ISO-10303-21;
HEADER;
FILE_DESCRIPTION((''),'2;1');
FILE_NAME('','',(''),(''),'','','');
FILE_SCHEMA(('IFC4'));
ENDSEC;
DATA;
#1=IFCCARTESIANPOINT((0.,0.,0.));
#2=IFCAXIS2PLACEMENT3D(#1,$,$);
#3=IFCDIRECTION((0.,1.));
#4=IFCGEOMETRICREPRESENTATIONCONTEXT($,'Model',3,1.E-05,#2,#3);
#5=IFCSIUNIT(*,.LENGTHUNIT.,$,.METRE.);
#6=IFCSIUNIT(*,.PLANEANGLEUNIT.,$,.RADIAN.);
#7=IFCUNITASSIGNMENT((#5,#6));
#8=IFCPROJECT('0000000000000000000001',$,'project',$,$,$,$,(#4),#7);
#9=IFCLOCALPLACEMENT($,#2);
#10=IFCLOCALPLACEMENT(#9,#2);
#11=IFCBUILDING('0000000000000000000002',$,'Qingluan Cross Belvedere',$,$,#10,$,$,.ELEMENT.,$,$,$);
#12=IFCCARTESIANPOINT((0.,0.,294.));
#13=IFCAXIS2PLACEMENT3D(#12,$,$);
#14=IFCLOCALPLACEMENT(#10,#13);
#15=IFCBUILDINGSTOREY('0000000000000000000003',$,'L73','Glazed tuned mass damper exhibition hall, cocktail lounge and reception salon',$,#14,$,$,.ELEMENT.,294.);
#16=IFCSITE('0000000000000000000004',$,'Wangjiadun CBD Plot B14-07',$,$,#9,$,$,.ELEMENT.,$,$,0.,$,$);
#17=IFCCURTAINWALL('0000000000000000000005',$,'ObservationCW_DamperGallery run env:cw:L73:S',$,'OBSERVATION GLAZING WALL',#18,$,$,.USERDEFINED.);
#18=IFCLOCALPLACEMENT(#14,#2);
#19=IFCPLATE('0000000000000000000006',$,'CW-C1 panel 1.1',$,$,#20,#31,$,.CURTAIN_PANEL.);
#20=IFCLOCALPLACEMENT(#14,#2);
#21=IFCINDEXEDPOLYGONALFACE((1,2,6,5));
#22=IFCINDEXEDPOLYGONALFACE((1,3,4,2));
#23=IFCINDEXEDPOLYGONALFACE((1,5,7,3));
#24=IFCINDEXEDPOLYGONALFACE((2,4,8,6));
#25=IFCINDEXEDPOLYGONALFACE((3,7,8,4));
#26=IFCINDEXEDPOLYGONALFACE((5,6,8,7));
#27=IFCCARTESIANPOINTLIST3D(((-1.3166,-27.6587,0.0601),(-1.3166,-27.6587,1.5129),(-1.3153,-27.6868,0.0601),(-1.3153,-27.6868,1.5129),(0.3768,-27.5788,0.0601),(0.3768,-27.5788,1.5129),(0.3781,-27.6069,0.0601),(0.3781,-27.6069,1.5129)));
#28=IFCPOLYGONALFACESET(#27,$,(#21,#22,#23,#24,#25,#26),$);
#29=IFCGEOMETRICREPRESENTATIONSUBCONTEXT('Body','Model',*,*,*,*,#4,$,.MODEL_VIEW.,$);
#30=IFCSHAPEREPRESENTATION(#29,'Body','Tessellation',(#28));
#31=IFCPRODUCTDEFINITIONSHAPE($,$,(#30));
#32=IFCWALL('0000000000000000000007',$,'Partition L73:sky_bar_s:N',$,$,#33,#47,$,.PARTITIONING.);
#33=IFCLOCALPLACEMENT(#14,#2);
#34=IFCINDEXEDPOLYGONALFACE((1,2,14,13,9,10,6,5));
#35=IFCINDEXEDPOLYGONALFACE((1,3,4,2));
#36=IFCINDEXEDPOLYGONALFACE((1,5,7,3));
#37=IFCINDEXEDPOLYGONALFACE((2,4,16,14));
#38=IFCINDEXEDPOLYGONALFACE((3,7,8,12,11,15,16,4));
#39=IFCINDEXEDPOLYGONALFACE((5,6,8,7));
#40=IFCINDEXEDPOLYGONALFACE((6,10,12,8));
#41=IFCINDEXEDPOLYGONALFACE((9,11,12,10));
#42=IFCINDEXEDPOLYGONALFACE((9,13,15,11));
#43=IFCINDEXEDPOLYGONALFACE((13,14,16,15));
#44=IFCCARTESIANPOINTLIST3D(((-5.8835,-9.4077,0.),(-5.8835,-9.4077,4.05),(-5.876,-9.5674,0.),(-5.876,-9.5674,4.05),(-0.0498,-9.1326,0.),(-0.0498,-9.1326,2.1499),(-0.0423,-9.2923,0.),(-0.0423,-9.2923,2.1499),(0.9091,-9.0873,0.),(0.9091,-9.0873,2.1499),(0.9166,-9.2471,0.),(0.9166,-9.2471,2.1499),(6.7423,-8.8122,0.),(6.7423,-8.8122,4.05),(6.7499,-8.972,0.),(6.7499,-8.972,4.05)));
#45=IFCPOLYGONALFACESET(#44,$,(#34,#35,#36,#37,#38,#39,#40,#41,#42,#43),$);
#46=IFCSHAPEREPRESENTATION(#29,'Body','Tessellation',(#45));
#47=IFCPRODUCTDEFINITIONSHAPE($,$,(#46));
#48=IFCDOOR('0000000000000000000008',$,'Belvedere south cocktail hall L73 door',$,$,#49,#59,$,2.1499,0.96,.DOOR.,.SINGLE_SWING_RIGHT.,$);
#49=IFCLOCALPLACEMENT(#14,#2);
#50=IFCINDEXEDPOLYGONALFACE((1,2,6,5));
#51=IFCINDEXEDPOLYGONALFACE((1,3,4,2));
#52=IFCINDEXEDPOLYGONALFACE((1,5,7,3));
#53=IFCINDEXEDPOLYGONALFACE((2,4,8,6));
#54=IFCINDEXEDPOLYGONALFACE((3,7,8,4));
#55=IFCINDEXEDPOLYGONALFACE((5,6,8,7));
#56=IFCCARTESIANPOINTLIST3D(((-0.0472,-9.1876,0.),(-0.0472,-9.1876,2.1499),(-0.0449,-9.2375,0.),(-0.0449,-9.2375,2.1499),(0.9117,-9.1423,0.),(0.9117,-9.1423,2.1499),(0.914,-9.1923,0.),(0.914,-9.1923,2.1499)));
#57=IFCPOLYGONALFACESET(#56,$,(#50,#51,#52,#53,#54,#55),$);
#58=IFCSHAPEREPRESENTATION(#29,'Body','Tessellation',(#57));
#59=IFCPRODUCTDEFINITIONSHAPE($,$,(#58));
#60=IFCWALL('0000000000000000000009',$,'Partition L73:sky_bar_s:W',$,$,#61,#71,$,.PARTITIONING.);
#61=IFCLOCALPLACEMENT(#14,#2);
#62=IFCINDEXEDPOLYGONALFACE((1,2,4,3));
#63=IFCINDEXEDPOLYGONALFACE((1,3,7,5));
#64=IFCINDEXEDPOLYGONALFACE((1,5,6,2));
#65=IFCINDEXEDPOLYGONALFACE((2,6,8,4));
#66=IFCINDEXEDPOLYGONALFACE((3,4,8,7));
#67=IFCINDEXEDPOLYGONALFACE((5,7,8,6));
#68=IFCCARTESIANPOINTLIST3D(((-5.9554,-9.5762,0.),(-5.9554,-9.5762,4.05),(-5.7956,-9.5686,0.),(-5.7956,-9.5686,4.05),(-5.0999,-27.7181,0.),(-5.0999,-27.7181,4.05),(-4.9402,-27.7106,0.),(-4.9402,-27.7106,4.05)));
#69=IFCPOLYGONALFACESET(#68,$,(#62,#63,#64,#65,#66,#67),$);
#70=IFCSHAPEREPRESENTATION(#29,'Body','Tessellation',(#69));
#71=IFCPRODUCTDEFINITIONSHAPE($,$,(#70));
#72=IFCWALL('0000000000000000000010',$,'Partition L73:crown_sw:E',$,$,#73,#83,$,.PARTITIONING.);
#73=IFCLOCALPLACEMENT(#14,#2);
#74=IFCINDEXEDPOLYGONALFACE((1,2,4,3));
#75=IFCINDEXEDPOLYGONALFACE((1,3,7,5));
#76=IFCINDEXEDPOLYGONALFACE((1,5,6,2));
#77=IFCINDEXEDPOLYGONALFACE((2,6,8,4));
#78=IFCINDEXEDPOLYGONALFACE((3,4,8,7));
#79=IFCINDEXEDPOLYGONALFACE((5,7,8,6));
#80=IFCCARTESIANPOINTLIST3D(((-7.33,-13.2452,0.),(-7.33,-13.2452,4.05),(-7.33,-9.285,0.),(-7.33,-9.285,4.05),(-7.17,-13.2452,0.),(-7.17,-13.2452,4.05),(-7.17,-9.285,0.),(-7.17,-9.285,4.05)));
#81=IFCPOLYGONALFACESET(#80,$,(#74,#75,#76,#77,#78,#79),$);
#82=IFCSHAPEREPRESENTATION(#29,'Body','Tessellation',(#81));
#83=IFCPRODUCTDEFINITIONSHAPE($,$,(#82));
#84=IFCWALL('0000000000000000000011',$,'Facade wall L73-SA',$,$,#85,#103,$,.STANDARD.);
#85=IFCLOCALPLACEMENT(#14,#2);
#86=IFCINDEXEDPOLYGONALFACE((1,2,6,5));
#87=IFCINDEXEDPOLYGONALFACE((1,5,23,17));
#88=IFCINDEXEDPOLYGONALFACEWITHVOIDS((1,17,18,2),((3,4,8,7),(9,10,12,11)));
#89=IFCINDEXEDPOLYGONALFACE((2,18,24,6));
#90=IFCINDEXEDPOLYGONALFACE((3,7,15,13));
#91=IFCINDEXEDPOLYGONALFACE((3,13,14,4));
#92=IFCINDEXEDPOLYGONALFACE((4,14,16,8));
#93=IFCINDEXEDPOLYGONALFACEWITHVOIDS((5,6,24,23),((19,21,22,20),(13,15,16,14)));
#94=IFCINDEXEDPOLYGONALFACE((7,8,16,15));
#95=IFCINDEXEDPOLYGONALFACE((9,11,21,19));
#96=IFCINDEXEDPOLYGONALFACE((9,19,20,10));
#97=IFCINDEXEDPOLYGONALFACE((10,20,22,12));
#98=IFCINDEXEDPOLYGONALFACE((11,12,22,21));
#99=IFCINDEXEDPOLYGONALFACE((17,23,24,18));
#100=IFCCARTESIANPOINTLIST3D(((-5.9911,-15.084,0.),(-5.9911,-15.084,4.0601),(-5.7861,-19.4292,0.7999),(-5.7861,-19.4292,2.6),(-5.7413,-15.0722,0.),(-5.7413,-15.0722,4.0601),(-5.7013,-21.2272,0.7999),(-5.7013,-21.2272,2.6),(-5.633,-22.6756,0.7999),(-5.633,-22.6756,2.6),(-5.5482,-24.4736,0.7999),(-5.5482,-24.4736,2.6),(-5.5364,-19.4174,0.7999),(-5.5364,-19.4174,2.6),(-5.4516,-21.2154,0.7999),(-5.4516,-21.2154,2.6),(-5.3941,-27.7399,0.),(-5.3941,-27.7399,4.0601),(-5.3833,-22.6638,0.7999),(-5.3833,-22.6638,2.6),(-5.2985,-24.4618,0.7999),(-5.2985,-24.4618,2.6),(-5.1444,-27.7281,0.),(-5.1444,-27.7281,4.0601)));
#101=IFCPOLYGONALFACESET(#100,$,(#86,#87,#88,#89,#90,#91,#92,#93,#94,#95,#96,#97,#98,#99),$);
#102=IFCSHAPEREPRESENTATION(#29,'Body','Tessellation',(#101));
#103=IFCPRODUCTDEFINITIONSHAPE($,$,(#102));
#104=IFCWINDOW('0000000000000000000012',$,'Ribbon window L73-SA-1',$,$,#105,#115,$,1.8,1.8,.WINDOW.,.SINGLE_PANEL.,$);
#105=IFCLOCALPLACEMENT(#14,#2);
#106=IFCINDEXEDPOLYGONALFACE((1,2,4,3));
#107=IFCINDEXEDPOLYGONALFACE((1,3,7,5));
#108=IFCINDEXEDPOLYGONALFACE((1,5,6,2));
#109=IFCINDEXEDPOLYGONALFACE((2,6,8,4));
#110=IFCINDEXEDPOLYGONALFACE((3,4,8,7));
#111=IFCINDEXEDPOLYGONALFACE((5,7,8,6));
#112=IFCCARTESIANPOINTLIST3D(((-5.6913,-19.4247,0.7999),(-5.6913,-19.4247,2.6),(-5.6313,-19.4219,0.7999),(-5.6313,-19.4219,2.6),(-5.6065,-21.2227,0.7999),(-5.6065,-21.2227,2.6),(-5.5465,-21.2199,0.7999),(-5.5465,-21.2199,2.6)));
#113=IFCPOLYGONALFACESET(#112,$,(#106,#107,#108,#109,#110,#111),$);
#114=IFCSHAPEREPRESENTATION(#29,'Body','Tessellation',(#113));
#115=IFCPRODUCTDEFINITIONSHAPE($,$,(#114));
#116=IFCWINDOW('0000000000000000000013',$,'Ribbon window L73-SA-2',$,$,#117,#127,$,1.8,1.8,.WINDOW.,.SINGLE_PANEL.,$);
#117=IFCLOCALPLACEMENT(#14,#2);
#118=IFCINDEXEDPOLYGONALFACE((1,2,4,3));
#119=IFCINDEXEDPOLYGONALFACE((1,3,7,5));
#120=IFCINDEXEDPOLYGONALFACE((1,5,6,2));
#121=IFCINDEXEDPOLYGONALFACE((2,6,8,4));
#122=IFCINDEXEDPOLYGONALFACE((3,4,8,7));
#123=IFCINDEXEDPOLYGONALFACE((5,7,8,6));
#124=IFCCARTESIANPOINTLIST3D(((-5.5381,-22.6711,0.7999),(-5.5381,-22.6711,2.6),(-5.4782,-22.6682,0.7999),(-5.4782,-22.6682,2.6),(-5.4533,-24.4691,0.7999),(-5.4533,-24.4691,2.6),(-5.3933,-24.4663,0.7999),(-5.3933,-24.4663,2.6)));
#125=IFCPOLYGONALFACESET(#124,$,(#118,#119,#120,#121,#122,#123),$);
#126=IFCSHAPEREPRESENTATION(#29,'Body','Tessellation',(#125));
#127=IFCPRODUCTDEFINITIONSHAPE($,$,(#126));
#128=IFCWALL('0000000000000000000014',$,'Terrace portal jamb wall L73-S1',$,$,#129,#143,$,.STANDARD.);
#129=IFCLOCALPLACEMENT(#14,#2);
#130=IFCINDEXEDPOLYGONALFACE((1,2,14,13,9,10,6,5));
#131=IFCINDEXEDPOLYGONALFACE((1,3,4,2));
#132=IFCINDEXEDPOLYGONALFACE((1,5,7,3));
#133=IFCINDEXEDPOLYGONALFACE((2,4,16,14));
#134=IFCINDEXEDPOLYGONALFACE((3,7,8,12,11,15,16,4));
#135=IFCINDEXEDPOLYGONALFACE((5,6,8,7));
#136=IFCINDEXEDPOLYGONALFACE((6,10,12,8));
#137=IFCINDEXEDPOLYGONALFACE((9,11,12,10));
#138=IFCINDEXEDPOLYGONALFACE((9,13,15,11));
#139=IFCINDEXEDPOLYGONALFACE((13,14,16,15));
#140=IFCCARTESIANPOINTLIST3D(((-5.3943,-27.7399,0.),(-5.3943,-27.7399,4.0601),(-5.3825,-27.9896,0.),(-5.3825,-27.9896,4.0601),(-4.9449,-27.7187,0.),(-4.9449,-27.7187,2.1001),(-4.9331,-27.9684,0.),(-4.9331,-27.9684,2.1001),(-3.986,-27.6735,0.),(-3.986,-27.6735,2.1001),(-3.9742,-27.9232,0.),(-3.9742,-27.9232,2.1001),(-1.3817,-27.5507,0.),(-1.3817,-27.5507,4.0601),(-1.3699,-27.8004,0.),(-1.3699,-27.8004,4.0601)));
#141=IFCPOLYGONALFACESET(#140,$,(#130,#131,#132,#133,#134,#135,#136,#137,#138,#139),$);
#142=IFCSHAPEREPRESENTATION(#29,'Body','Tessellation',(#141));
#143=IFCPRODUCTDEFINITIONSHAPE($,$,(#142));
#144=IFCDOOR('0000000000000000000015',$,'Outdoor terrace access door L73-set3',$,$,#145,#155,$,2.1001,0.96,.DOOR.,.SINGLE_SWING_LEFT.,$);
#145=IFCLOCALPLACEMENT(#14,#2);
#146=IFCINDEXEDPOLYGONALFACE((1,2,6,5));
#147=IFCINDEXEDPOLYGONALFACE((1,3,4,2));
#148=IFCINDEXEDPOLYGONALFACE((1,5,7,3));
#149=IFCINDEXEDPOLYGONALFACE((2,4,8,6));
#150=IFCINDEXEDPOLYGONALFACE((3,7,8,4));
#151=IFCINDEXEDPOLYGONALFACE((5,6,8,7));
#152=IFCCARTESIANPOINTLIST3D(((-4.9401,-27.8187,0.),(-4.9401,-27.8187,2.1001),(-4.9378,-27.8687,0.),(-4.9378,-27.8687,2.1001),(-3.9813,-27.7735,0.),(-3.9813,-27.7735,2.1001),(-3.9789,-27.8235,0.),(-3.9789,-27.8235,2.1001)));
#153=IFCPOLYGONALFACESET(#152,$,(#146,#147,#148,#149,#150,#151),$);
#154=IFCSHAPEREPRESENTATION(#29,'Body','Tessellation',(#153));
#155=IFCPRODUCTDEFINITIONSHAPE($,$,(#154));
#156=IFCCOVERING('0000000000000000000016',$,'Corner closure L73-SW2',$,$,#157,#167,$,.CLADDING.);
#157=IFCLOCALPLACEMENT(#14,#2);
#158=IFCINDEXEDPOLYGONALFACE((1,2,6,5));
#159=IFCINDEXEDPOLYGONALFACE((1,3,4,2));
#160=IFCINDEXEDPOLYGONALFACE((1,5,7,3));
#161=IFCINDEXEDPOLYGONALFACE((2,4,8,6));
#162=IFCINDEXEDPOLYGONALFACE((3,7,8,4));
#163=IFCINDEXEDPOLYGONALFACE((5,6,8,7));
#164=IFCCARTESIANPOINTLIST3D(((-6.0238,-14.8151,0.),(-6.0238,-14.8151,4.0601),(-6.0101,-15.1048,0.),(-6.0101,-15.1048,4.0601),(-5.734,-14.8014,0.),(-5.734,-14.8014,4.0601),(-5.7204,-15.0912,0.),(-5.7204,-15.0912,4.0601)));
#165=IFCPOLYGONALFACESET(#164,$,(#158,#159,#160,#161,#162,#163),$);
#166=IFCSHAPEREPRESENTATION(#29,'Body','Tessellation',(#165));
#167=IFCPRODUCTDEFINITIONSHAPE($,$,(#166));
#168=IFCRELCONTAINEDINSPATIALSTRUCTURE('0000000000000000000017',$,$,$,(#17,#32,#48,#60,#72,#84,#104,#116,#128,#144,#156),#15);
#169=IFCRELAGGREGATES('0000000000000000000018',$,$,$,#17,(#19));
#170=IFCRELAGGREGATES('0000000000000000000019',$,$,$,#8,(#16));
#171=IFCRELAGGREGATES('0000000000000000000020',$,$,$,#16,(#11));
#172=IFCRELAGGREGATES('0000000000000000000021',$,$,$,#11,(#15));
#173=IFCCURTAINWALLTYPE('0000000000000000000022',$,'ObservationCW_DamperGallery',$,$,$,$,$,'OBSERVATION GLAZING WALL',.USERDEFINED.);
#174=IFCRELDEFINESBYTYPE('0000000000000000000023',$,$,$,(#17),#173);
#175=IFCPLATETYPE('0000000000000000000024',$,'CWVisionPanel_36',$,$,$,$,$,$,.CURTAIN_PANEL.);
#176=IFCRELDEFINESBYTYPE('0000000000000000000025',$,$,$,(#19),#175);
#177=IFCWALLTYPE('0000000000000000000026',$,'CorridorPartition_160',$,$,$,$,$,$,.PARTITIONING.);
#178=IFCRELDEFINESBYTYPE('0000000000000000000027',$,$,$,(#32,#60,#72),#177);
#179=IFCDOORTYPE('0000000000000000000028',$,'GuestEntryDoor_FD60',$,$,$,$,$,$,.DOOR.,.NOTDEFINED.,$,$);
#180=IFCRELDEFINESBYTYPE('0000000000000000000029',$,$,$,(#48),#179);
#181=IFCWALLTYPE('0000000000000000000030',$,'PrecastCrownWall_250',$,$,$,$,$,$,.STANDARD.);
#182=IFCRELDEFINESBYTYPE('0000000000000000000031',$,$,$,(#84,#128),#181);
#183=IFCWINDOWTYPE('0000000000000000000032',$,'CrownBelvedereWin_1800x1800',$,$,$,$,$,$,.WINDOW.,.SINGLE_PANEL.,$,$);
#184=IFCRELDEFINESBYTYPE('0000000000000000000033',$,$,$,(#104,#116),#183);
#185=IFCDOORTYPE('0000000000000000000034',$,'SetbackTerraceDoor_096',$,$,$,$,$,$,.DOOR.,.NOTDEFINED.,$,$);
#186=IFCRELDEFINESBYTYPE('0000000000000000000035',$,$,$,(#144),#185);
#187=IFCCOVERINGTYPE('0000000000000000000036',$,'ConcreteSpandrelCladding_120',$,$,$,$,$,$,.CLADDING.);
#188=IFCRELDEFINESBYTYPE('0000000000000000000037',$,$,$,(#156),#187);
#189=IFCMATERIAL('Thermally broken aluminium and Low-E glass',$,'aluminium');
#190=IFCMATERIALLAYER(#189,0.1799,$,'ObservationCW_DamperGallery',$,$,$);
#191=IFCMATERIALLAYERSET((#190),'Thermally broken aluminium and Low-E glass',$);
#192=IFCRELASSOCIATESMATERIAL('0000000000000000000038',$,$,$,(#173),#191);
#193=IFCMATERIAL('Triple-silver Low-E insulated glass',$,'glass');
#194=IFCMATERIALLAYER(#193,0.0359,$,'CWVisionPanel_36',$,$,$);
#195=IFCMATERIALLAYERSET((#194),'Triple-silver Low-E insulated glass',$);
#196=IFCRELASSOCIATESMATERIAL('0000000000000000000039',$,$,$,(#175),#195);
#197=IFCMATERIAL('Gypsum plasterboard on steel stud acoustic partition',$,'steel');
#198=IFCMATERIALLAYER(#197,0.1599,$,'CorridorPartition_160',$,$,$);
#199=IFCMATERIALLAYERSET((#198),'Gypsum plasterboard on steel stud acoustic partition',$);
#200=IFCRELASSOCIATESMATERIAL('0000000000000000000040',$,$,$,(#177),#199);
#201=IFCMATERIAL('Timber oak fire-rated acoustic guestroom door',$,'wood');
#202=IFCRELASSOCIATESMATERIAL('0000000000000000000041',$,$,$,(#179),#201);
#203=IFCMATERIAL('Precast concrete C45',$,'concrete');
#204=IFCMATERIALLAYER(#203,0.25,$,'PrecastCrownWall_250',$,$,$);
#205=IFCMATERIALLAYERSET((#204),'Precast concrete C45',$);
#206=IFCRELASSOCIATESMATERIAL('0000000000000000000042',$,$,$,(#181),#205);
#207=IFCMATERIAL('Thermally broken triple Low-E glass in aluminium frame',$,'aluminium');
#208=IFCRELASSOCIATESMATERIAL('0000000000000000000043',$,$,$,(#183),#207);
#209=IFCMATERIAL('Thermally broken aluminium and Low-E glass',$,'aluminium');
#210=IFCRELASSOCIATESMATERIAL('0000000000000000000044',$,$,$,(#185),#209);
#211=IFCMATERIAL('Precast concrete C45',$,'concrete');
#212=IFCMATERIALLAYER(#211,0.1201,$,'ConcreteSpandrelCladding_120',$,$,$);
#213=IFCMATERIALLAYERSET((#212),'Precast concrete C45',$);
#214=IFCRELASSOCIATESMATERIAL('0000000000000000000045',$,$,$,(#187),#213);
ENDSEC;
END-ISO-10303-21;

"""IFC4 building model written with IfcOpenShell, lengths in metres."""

from ifc_helpers import new_model, si_unit, direction, frame, frame_2d, origin, origin_2d, place, context, subcontext, project, spatial, rectangle, extrude, material, layer, layer_set, type_object, element, fill, aggregate, save


model = new_model("IFC4")

# Units and contexts
model_context = context("Model", 3, precision=1e-05, world=origin(), true_north=direction((0.0, 1.0)))
body_context = subcontext(model_context, "Body", "Model", "MODEL_VIEW")
ifc_project = project(units=[si_unit("LENGTHUNIT", "METRE"), si_unit("PLANEANGLEUNIT", "RADIAN")], contexts=[model_context])

# Site, building, storey
site_placement = place(None, origin())
site = spatial("IfcSite", under=ifc_project, at=site_placement, Name="Wangjiadun CBD Plot B14-07", CompositionType="ELEMENT", RefElevation=0.0)
building_placement = place(site_placement, origin())
building = spatial("IfcBuilding", under=site, at=building_placement, Name="Qingluan Cross Belvedere", CompositionType="ELEMENT")
storey_placement = place(building_placement, frame((0.0, 0.0, 294.0)))
storey = spatial("IfcBuildingStorey", under=building, at=storey_placement, Name="L73", Description="Glazed tuned mass damper exhibition hall, cocktail lounge and reception salon", CompositionType="ELEMENT", Elevation=294.0)

# Curtain wall
ifc_material_1 = material(Name="Thermally broken aluminium and Low-E glass", Category="aluminium")
ifc_layer_1 = layer(ifc_material_1, 0.1799, Name="ObservationCW_DamperGallery")
ifc_layer_set_1 = layer_set([ifc_layer_1], Name="Thermally broken aluminium and Low-E glass")
curtain_wall_type = type_object("IfcCurtainWallType", Name="ObservationCW_DamperGallery", ElementType="OBSERVATION GLAZING WALL", PredefinedType="USERDEFINED", material=ifc_layer_set_1)
curtain_wall_placement = place(storey_placement, origin())
curtain_wall = element("IfcCurtainWall", 1, at=curtain_wall_placement, inside=storey, type_object=curtain_wall_type, Name="ObservationCW_DamperGallery run env:cw:L73:S", ObjectType="OBSERVATION GLAZING WALL", PredefinedType="USERDEFINED")

# Plate
ifc_material_2 = material(Name="Triple-silver Low-E insulated glass", Category="glass")
ifc_layer_2 = layer(ifc_material_2, 0.0359, Name="CWVisionPanel_36")
ifc_layer_set_2 = layer_set([ifc_layer_2], Name="Triple-silver Low-E insulated glass")
plate_type = type_object("IfcPlateType", Name="CWVisionPanel_36", PredefinedType="CURTAIN_PANEL", material=ifc_layer_set_2)
plate_placement = place(storey_placement, frame((-0.4692, -27.6328, 0.0601), z_axis=(0.0, 0.0, 1.0), x_axis=(0.998889, 0.047125, 0.0)))
plate = element("IfcPlate", 2, at=plate_placement, type_object=plate_type, Name="CW-C1 panel 1.1", PredefinedType="CURTAIN_PANEL", context=body_context, shape_type="SweptSolid", body=[
    extrude(rectangle(XDim=1.6953, YDim=0.0281, at=origin_2d()), origin(), (0.0, 0.0, 1.0), 1.4529),
])
aggregate(curtain_wall, [plate])

# Wall, opening, door
ifc_material_3 = material(Name="Gypsum plasterboard on steel stud acoustic partition", Category="steel")
ifc_layer_3 = layer(ifc_material_3, 0.1599, Name="CorridorPartition_160")
ifc_layer_set_3 = layer_set([ifc_layer_3], Name="Gypsum plasterboard on steel stud acoustic partition")
wall_type_1 = type_object("IfcWallType", Name="CorridorPartition_160", PredefinedType="PARTITIONING", material=ifc_layer_set_3)
wall_1_placement = place(storey_placement, frame((-5.8796, -9.4875, 0.0), z_axis=(0.0, 0.0, 1.0), x_axis=(0.99889, 0.047109, 0.0)))
wall_1 = element("IfcWall", 3, at=wall_1_placement, inside=storey, type_object=wall_type_1, Name="Partition L73:sky_bar_s:N", PredefinedType="PARTITIONING", context=body_context, shape_type="SweptSolid", body=[
    extrude(rectangle(XDim=12.6399, YDim=0.1599, at=frame_2d((6.3198, 0.0))), origin(), (0.0, 0.0, 1.0), 4.05),
])
opening_1_placement = place(wall_1_placement, frame((5.8401, 0.0, 0.0)))
opening_1 = element("IfcOpeningElement", 4, at=opening_1_placement, cuts=wall_1, PredefinedType="OPENING", context=body_context, shape_type="SweptSolid", body=[
    extrude(rectangle(XDim=0.96, YDim=2.1499, at=frame_2d((0.48, 1.075))), frame((0.0, 0.0898, 0.0), z_axis=(0.0, -1.0, 0.0), x_axis=(1.0, 0.0, 0.0)), (0.0, 0.0, 1.0), 0.1799),
])
ifc_material_4 = material(Name="Timber oak fire-rated acoustic guestroom door", Category="wood")
door_type_1 = type_object("IfcDoorType", Name="GuestEntryDoor_FD60", OperationType="NOTDEFINED", PredefinedType="DOOR", material=ifc_material_4)
door_1_placement = place(opening_1_placement, origin())
door_1 = element("IfcDoor", 5, at=door_1_placement, inside=storey, type_object=door_type_1, Name="Belvedere south cocktail hall L73 door", OperationType="SINGLE_SWING_RIGHT", OverallHeight=2.1499, OverallWidth=0.96, PredefinedType="DOOR", context=body_context, shape_type="SweptSolid", body=[
    extrude(rectangle(XDim=0.96, YDim=2.1499, at=frame_2d((0.48, 1.075))), frame((0.0, 0.0249, 0.0), z_axis=(0.0, -1.0, 0.0), x_axis=(1.0, 0.0, 0.0)), (0.0, 0.0, 1.0), 0.05),
])
fill(opening_1, door_1)

# Walls
wall_2_placement = place(storey_placement, frame((-5.02, -27.7144, 0.0), z_axis=(0.0, 0.0, 1.0), x_axis=(-0.047102, 0.99889, 0.0)))
element("IfcWall", 6, at=wall_2_placement, inside=storey, type_object=wall_type_1, Name="Partition L73:sky_bar_s:W", PredefinedType="PARTITIONING", context=body_context, shape_type="SweptSolid", body=[
    extrude(rectangle(XDim=18.1621, YDim=0.1599, at=frame_2d((9.0811, 0.0))), origin(), (0.0, 0.0, 1.0), 4.05),
])
wall_3_placement = place(storey_placement, frame((-7.25, -13.2451, 0.0), z_axis=(0.0, 0.0, 1.0), x_axis=(0.0, 1.0, 0.0)))
element("IfcWall", 7, at=wall_3_placement, inside=storey, type_object=wall_type_1, Name="Partition L73:crown_sw:E", PredefinedType="PARTITIONING", context=body_context, shape_type="SweptSolid", body=[
    extrude(rectangle(XDim=3.9602, YDim=0.1599, at=frame_2d((1.98, 0.0))), origin(), (0.0, 0.0, 1.0), 4.05),
])

# Wall, openings, windows
ifc_material_5 = material(Name="Precast concrete C45", Category="concrete")
ifc_layer_4 = layer(ifc_material_5, 0.25, Name="PrecastCrownWall_250")
ifc_layer_set_4 = layer_set([ifc_layer_4], Name="Precast concrete C45")
wall_type_2 = type_object("IfcWallType", Name="PrecastCrownWall_250", PredefinedType="STANDARD", material=ifc_layer_set_4)
wall_4_placement = place(storey_placement, frame((-5.8662, -15.0781, 0.0), z_axis=(0.0, 0.0, 1.0), x_axis=(0.047114, -0.99889, 0.0)))
wall_4 = element("IfcWall", 8, at=wall_4_placement, inside=storey, type_object=wall_type_2, Name="Facade wall L73-SA", PredefinedType="STANDARD", context=body_context, shape_type="SweptSolid", body=[
    extrude(rectangle(XDim=12.6699, YDim=0.25, at=frame_2d((6.335, 0.0))), origin(), (0.0, 0.0, 1.0), 4.0601),
])
opening_2_placement = place(wall_4_placement, frame((4.3501, 0.0, 0.8)))
opening_2 = element("IfcOpeningElement", 9, at=opening_2_placement, cuts=wall_4, PredefinedType="OPENING", context=body_context, shape_type="SweptSolid", body=[
    extrude(rectangle(XDim=1.8, YDim=1.8, at=frame_2d((0.8999, 0.8999))), frame((0.0, 0.135, 0.0), z_axis=(0.0, -1.0, 0.0), x_axis=(1.0, 0.0, 0.0)), (0.0, 0.0, 1.0), 0.27),
])
opening_3_placement = place(wall_4_placement, frame((7.6001, 0.0, 0.8)))
opening_3 = element("IfcOpeningElement", 10, at=opening_3_placement, cuts=wall_4, PredefinedType="OPENING", context=body_context, shape_type="SweptSolid", body=[
    extrude(rectangle(XDim=1.8, YDim=1.8, at=frame_2d((0.8999, 0.8999))), frame((0.0, 0.135, 0.0), z_axis=(0.0, -1.0, 0.0), x_axis=(1.0, 0.0, 0.0)), (0.0, 0.0, 1.0), 0.27),
])
ifc_material_6 = material(Name="Thermally broken triple Low-E glass in aluminium frame", Category="aluminium")
window_type = type_object("IfcWindowType", Name="CrownBelvedereWin_1800x1800", PartitioningType="SINGLE_PANEL", PredefinedType="WINDOW", material=ifc_material_6)
window_1_placement = place(opening_2_placement, origin())
window_1 = element("IfcWindow", 11, at=window_1_placement, inside=storey, type_object=window_type, Name="Ribbon window L73-SA-1", OverallHeight=1.8, OverallWidth=1.8, PartitioningType="SINGLE_PANEL", PredefinedType="WINDOW", context=body_context, shape_type="SweptSolid", body=[
    extrude(rectangle(XDim=1.8, YDim=1.8, at=frame_2d((0.8999, 0.8999))), frame((0.0, 0.03, 0.0), z_axis=(0.0, -1.0, 0.0), x_axis=(1.0, 0.0, 0.0)), (0.0, 0.0, 1.0), 0.0601),
])
fill(opening_2, window_1)
window_2_placement = place(opening_3_placement, origin())
window_2 = element("IfcWindow", 12, at=window_2_placement, inside=storey, type_object=window_type, Name="Ribbon window L73-SA-2", OverallHeight=1.8, OverallWidth=1.8, PartitioningType="SINGLE_PANEL", PredefinedType="WINDOW", context=body_context, shape_type="SweptSolid", body=[
    extrude(rectangle(XDim=1.8, YDim=1.8, at=frame_2d((0.8999, 0.8999))), frame((0.0, 0.03, 0.0), z_axis=(0.0, -1.0, 0.0), x_axis=(1.0, 0.0, 0.0)), (0.0, 0.0, 1.0), 0.0601),
])
fill(opening_3, window_2)

# Wall, opening, door
wall_5_placement = place(storey_placement, frame((-5.3884, -27.8647, 0.0), z_axis=(0.0, 0.0, 1.0), x_axis=(0.99889, 0.0471, 0.0)))
wall_5 = element("IfcWall", 13, at=wall_5_placement, inside=storey, type_object=wall_type_2, Name="Terrace portal jamb wall L73-S1", PredefinedType="STANDARD", context=body_context, shape_type="SweptSolid", body=[
    extrude(rectangle(XDim=4.0171, YDim=0.25, at=frame_2d((2.0085, 0.0))), origin(), (0.0, 0.0, 1.0), 4.0601),
])
opening_4_placement = place(wall_5_placement, frame((0.45, 0.0, 0.0)))
opening_4 = element("IfcOpeningElement", 14, at=opening_4_placement, cuts=wall_5, PredefinedType="OPENING", context=body_context, shape_type="SweptSolid", body=[
    extrude(rectangle(XDim=0.96, YDim=2.1001, at=frame_2d((0.48, 1.05))), frame((0.0, 0.135, 0.0), z_axis=(0.0, -1.0, 0.0), x_axis=(1.0, 0.0, 0.0)), (0.0, 0.0, 1.0), 0.27),
])
ifc_material_7 = material(Name="Thermally broken aluminium and Low-E glass", Category="aluminium")
door_type_2 = type_object("IfcDoorType", Name="SetbackTerraceDoor_096", OperationType="NOTDEFINED", PredefinedType="DOOR", material=ifc_material_7)
door_2_placement = place(opening_4_placement, origin())
door_2 = element("IfcDoor", 15, at=door_2_placement, inside=storey, type_object=door_type_2, Name="Outdoor terrace access door L73-set3", OperationType="SINGLE_SWING_LEFT", OverallHeight=2.1001, OverallWidth=0.96, PredefinedType="DOOR", context=body_context, shape_type="SweptSolid", body=[
    extrude(rectangle(XDim=0.96, YDim=2.1001, at=frame_2d((0.48, 1.05))), frame((0.0, 0.0249, 0.0), z_axis=(0.0, -1.0, 0.0), x_axis=(1.0, 0.0, 0.0)), (0.0, 0.0, 1.0), 0.05),
])
fill(opening_4, door_2)

# Covering
ifc_material_8 = material(Name="Precast concrete C45", Category="concrete")
ifc_layer_5 = layer(ifc_material_8, 0.1201, Name="ConcreteSpandrelCladding_120")
ifc_layer_set_5 = layer_set([ifc_layer_5], Name="Precast concrete C45")
covering_type = type_object("IfcCoveringType", Name="ConcreteSpandrelCladding_120", PredefinedType="CLADDING", material=ifc_layer_set_5)
covering_placement = place(storey_placement, frame((-5.8721, -14.9531, 0.0), z_axis=(0.0, 0.0, 1.0), x_axis=(0.99889, 0.047106, 0.0)))
element("IfcCovering", 16, at=covering_placement, inside=storey, type_object=covering_type, Name="Corner closure L73-SW2", PredefinedType="CLADDING", context=body_context, shape_type="SweptSolid", body=[
    extrude(rectangle(XDim=0.29, YDim=0.29, at=origin_2d()), origin(), (0.0, 0.0, 1.0), 4.0601),
])

save(model, "model.ifc")
